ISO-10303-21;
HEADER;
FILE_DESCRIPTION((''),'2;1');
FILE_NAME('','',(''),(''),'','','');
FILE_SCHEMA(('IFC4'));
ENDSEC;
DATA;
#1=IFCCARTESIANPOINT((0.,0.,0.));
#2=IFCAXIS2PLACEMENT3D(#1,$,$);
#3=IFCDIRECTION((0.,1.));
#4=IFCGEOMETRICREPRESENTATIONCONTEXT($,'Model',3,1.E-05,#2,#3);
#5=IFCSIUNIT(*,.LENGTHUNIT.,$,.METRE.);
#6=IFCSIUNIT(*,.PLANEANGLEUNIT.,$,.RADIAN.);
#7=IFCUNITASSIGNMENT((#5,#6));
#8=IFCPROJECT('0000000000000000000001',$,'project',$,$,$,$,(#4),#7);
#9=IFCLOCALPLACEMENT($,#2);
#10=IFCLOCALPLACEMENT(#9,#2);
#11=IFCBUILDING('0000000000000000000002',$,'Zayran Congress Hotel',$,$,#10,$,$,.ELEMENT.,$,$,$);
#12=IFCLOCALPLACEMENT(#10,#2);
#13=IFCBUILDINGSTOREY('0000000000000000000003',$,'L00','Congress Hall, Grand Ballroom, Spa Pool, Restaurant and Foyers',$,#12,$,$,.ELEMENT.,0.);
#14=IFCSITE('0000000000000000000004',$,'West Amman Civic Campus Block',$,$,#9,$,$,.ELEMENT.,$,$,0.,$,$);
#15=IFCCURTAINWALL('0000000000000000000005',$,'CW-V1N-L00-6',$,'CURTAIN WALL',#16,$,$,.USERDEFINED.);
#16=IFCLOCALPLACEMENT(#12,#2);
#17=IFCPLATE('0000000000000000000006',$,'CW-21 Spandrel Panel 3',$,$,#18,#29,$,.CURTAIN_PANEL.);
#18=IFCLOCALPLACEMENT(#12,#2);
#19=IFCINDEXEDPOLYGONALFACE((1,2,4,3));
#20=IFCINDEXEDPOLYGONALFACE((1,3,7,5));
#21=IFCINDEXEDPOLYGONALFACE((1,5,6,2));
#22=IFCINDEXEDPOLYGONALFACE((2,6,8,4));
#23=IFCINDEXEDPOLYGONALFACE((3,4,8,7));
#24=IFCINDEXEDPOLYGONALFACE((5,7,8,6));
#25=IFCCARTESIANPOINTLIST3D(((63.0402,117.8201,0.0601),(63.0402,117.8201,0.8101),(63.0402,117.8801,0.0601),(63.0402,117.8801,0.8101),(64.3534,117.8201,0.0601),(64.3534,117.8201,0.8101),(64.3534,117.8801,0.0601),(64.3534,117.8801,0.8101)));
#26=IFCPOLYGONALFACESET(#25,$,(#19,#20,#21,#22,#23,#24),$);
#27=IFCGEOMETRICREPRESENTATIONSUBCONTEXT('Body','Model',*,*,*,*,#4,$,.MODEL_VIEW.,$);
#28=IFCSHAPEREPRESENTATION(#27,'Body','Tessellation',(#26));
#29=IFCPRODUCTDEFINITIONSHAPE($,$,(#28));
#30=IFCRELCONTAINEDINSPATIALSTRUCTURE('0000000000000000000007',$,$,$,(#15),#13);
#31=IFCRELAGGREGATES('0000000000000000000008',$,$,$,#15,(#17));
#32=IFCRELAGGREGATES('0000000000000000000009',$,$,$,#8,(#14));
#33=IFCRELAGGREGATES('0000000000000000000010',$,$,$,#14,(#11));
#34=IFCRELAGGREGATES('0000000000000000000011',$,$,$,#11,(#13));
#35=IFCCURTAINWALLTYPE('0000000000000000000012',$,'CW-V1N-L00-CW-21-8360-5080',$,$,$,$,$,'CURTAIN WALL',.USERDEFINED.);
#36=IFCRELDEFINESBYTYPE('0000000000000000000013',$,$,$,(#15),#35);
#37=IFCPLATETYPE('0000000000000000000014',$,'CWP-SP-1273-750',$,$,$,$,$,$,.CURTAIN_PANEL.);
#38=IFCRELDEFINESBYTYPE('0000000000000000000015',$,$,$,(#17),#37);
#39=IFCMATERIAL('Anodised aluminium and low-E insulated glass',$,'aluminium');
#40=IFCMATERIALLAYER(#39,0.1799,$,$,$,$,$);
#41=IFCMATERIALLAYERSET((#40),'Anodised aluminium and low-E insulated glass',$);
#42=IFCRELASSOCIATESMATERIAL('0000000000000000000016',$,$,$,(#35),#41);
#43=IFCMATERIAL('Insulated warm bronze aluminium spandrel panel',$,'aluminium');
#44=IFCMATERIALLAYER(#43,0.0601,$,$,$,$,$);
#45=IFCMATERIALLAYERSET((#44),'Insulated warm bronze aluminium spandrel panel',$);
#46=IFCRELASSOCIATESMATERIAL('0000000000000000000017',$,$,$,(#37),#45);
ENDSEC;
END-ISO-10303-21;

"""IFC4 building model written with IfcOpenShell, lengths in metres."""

from ifc_helpers import new_model, si_unit, direction, frame, origin, origin_2d, place, context, subcontext, project, spatial, rectangle, extrude, material, layer, layer_set, type_object, element, aggregate, save


model = new_model("IFC4")

# Units and contexts
model_context = context("Model", 3, precision=1e-05, world=origin(), true_north=direction((0.0, 1.0)))
body_context = subcontext(model_context, "Body", "Model", "MODEL_VIEW")
ifc_project = project(units=[si_unit("LENGTHUNIT", "METRE"), si_unit("PLANEANGLEUNIT", "RADIAN")], contexts=[model_context])

# Site, building, storey
site_placement = place(None, origin())
site = spatial("IfcSite", under=ifc_project, at=site_placement, Name="West Amman Civic Campus Block", CompositionType="ELEMENT", RefElevation=0.0)
building_placement = place(site_placement, origin())
building = spatial("IfcBuilding", under=site, at=building_placement, Name="Zayran Congress Hotel", CompositionType="ELEMENT")
storey_placement = place(building_placement, origin())
storey = spatial("IfcBuildingStorey", under=building, at=storey_placement, Name="L00", Description="Congress Hall, Grand Ballroom, Spa Pool, Restaurant and Foyers", CompositionType="ELEMENT", Elevation=0.0)

# Curtain wall, plate
ifc_material_1 = material(Name="Anodised aluminium and low-E insulated glass", Category="aluminium")
ifc_layer_1 = layer(ifc_material_1, 0.1799)
ifc_layer_set_1 = layer_set([ifc_layer_1], Name="Anodised aluminium and low-E insulated glass")
curtain_wall_type = type_object("IfcCurtainWallType", Name="CW-V1N-L00-CW-21-8360-5080", ElementType="CURTAIN WALL", PredefinedType="USERDEFINED", material=ifc_layer_set_1)
curtain_wall_placement = place(storey_placement, origin())
curtain_wall = element("IfcCurtainWall", 1, at=curtain_wall_placement, inside=storey, type_object=curtain_wall_type, Name="CW-V1N-L00-6", ObjectType="CURTAIN WALL", PredefinedType="USERDEFINED")
ifc_material_2 = material(Name="Insulated warm bronze aluminium spandrel panel", Category="aluminium")
ifc_layer_2 = layer(ifc_material_2, 0.0601)
ifc_layer_set_2 = layer_set([ifc_layer_2], Name="Insulated warm bronze aluminium spandrel panel")
plate_type_1 = type_object("IfcPlateType", Name="CWP-SP-1273-750", PredefinedType="CURTAIN_PANEL", material=ifc_layer_set_2)
plate_1_placement = place(storey_placement, frame((63.6968, 117.8501, 0.0601), z_axis=(0.0, 0.0, 1.0), x_axis=(1.0, 0.0, 0.0)))
plate_1 = element("IfcPlate", 2, at=plate_1_placement, type_object=plate_type_1, Name="CW-21 Spandrel Panel 3", PredefinedType="CURTAIN_PANEL", context=body_context, shape_type="SweptSolid", body=[
    extrude(rectangle(XDim=1.3132, YDim=0.0601, at=origin_2d()), origin(), (0.0, 0.0, 1.0), 0.75),
])
aggregate(curtain_wall, [plate_1])

save(model, "model.ifc")
